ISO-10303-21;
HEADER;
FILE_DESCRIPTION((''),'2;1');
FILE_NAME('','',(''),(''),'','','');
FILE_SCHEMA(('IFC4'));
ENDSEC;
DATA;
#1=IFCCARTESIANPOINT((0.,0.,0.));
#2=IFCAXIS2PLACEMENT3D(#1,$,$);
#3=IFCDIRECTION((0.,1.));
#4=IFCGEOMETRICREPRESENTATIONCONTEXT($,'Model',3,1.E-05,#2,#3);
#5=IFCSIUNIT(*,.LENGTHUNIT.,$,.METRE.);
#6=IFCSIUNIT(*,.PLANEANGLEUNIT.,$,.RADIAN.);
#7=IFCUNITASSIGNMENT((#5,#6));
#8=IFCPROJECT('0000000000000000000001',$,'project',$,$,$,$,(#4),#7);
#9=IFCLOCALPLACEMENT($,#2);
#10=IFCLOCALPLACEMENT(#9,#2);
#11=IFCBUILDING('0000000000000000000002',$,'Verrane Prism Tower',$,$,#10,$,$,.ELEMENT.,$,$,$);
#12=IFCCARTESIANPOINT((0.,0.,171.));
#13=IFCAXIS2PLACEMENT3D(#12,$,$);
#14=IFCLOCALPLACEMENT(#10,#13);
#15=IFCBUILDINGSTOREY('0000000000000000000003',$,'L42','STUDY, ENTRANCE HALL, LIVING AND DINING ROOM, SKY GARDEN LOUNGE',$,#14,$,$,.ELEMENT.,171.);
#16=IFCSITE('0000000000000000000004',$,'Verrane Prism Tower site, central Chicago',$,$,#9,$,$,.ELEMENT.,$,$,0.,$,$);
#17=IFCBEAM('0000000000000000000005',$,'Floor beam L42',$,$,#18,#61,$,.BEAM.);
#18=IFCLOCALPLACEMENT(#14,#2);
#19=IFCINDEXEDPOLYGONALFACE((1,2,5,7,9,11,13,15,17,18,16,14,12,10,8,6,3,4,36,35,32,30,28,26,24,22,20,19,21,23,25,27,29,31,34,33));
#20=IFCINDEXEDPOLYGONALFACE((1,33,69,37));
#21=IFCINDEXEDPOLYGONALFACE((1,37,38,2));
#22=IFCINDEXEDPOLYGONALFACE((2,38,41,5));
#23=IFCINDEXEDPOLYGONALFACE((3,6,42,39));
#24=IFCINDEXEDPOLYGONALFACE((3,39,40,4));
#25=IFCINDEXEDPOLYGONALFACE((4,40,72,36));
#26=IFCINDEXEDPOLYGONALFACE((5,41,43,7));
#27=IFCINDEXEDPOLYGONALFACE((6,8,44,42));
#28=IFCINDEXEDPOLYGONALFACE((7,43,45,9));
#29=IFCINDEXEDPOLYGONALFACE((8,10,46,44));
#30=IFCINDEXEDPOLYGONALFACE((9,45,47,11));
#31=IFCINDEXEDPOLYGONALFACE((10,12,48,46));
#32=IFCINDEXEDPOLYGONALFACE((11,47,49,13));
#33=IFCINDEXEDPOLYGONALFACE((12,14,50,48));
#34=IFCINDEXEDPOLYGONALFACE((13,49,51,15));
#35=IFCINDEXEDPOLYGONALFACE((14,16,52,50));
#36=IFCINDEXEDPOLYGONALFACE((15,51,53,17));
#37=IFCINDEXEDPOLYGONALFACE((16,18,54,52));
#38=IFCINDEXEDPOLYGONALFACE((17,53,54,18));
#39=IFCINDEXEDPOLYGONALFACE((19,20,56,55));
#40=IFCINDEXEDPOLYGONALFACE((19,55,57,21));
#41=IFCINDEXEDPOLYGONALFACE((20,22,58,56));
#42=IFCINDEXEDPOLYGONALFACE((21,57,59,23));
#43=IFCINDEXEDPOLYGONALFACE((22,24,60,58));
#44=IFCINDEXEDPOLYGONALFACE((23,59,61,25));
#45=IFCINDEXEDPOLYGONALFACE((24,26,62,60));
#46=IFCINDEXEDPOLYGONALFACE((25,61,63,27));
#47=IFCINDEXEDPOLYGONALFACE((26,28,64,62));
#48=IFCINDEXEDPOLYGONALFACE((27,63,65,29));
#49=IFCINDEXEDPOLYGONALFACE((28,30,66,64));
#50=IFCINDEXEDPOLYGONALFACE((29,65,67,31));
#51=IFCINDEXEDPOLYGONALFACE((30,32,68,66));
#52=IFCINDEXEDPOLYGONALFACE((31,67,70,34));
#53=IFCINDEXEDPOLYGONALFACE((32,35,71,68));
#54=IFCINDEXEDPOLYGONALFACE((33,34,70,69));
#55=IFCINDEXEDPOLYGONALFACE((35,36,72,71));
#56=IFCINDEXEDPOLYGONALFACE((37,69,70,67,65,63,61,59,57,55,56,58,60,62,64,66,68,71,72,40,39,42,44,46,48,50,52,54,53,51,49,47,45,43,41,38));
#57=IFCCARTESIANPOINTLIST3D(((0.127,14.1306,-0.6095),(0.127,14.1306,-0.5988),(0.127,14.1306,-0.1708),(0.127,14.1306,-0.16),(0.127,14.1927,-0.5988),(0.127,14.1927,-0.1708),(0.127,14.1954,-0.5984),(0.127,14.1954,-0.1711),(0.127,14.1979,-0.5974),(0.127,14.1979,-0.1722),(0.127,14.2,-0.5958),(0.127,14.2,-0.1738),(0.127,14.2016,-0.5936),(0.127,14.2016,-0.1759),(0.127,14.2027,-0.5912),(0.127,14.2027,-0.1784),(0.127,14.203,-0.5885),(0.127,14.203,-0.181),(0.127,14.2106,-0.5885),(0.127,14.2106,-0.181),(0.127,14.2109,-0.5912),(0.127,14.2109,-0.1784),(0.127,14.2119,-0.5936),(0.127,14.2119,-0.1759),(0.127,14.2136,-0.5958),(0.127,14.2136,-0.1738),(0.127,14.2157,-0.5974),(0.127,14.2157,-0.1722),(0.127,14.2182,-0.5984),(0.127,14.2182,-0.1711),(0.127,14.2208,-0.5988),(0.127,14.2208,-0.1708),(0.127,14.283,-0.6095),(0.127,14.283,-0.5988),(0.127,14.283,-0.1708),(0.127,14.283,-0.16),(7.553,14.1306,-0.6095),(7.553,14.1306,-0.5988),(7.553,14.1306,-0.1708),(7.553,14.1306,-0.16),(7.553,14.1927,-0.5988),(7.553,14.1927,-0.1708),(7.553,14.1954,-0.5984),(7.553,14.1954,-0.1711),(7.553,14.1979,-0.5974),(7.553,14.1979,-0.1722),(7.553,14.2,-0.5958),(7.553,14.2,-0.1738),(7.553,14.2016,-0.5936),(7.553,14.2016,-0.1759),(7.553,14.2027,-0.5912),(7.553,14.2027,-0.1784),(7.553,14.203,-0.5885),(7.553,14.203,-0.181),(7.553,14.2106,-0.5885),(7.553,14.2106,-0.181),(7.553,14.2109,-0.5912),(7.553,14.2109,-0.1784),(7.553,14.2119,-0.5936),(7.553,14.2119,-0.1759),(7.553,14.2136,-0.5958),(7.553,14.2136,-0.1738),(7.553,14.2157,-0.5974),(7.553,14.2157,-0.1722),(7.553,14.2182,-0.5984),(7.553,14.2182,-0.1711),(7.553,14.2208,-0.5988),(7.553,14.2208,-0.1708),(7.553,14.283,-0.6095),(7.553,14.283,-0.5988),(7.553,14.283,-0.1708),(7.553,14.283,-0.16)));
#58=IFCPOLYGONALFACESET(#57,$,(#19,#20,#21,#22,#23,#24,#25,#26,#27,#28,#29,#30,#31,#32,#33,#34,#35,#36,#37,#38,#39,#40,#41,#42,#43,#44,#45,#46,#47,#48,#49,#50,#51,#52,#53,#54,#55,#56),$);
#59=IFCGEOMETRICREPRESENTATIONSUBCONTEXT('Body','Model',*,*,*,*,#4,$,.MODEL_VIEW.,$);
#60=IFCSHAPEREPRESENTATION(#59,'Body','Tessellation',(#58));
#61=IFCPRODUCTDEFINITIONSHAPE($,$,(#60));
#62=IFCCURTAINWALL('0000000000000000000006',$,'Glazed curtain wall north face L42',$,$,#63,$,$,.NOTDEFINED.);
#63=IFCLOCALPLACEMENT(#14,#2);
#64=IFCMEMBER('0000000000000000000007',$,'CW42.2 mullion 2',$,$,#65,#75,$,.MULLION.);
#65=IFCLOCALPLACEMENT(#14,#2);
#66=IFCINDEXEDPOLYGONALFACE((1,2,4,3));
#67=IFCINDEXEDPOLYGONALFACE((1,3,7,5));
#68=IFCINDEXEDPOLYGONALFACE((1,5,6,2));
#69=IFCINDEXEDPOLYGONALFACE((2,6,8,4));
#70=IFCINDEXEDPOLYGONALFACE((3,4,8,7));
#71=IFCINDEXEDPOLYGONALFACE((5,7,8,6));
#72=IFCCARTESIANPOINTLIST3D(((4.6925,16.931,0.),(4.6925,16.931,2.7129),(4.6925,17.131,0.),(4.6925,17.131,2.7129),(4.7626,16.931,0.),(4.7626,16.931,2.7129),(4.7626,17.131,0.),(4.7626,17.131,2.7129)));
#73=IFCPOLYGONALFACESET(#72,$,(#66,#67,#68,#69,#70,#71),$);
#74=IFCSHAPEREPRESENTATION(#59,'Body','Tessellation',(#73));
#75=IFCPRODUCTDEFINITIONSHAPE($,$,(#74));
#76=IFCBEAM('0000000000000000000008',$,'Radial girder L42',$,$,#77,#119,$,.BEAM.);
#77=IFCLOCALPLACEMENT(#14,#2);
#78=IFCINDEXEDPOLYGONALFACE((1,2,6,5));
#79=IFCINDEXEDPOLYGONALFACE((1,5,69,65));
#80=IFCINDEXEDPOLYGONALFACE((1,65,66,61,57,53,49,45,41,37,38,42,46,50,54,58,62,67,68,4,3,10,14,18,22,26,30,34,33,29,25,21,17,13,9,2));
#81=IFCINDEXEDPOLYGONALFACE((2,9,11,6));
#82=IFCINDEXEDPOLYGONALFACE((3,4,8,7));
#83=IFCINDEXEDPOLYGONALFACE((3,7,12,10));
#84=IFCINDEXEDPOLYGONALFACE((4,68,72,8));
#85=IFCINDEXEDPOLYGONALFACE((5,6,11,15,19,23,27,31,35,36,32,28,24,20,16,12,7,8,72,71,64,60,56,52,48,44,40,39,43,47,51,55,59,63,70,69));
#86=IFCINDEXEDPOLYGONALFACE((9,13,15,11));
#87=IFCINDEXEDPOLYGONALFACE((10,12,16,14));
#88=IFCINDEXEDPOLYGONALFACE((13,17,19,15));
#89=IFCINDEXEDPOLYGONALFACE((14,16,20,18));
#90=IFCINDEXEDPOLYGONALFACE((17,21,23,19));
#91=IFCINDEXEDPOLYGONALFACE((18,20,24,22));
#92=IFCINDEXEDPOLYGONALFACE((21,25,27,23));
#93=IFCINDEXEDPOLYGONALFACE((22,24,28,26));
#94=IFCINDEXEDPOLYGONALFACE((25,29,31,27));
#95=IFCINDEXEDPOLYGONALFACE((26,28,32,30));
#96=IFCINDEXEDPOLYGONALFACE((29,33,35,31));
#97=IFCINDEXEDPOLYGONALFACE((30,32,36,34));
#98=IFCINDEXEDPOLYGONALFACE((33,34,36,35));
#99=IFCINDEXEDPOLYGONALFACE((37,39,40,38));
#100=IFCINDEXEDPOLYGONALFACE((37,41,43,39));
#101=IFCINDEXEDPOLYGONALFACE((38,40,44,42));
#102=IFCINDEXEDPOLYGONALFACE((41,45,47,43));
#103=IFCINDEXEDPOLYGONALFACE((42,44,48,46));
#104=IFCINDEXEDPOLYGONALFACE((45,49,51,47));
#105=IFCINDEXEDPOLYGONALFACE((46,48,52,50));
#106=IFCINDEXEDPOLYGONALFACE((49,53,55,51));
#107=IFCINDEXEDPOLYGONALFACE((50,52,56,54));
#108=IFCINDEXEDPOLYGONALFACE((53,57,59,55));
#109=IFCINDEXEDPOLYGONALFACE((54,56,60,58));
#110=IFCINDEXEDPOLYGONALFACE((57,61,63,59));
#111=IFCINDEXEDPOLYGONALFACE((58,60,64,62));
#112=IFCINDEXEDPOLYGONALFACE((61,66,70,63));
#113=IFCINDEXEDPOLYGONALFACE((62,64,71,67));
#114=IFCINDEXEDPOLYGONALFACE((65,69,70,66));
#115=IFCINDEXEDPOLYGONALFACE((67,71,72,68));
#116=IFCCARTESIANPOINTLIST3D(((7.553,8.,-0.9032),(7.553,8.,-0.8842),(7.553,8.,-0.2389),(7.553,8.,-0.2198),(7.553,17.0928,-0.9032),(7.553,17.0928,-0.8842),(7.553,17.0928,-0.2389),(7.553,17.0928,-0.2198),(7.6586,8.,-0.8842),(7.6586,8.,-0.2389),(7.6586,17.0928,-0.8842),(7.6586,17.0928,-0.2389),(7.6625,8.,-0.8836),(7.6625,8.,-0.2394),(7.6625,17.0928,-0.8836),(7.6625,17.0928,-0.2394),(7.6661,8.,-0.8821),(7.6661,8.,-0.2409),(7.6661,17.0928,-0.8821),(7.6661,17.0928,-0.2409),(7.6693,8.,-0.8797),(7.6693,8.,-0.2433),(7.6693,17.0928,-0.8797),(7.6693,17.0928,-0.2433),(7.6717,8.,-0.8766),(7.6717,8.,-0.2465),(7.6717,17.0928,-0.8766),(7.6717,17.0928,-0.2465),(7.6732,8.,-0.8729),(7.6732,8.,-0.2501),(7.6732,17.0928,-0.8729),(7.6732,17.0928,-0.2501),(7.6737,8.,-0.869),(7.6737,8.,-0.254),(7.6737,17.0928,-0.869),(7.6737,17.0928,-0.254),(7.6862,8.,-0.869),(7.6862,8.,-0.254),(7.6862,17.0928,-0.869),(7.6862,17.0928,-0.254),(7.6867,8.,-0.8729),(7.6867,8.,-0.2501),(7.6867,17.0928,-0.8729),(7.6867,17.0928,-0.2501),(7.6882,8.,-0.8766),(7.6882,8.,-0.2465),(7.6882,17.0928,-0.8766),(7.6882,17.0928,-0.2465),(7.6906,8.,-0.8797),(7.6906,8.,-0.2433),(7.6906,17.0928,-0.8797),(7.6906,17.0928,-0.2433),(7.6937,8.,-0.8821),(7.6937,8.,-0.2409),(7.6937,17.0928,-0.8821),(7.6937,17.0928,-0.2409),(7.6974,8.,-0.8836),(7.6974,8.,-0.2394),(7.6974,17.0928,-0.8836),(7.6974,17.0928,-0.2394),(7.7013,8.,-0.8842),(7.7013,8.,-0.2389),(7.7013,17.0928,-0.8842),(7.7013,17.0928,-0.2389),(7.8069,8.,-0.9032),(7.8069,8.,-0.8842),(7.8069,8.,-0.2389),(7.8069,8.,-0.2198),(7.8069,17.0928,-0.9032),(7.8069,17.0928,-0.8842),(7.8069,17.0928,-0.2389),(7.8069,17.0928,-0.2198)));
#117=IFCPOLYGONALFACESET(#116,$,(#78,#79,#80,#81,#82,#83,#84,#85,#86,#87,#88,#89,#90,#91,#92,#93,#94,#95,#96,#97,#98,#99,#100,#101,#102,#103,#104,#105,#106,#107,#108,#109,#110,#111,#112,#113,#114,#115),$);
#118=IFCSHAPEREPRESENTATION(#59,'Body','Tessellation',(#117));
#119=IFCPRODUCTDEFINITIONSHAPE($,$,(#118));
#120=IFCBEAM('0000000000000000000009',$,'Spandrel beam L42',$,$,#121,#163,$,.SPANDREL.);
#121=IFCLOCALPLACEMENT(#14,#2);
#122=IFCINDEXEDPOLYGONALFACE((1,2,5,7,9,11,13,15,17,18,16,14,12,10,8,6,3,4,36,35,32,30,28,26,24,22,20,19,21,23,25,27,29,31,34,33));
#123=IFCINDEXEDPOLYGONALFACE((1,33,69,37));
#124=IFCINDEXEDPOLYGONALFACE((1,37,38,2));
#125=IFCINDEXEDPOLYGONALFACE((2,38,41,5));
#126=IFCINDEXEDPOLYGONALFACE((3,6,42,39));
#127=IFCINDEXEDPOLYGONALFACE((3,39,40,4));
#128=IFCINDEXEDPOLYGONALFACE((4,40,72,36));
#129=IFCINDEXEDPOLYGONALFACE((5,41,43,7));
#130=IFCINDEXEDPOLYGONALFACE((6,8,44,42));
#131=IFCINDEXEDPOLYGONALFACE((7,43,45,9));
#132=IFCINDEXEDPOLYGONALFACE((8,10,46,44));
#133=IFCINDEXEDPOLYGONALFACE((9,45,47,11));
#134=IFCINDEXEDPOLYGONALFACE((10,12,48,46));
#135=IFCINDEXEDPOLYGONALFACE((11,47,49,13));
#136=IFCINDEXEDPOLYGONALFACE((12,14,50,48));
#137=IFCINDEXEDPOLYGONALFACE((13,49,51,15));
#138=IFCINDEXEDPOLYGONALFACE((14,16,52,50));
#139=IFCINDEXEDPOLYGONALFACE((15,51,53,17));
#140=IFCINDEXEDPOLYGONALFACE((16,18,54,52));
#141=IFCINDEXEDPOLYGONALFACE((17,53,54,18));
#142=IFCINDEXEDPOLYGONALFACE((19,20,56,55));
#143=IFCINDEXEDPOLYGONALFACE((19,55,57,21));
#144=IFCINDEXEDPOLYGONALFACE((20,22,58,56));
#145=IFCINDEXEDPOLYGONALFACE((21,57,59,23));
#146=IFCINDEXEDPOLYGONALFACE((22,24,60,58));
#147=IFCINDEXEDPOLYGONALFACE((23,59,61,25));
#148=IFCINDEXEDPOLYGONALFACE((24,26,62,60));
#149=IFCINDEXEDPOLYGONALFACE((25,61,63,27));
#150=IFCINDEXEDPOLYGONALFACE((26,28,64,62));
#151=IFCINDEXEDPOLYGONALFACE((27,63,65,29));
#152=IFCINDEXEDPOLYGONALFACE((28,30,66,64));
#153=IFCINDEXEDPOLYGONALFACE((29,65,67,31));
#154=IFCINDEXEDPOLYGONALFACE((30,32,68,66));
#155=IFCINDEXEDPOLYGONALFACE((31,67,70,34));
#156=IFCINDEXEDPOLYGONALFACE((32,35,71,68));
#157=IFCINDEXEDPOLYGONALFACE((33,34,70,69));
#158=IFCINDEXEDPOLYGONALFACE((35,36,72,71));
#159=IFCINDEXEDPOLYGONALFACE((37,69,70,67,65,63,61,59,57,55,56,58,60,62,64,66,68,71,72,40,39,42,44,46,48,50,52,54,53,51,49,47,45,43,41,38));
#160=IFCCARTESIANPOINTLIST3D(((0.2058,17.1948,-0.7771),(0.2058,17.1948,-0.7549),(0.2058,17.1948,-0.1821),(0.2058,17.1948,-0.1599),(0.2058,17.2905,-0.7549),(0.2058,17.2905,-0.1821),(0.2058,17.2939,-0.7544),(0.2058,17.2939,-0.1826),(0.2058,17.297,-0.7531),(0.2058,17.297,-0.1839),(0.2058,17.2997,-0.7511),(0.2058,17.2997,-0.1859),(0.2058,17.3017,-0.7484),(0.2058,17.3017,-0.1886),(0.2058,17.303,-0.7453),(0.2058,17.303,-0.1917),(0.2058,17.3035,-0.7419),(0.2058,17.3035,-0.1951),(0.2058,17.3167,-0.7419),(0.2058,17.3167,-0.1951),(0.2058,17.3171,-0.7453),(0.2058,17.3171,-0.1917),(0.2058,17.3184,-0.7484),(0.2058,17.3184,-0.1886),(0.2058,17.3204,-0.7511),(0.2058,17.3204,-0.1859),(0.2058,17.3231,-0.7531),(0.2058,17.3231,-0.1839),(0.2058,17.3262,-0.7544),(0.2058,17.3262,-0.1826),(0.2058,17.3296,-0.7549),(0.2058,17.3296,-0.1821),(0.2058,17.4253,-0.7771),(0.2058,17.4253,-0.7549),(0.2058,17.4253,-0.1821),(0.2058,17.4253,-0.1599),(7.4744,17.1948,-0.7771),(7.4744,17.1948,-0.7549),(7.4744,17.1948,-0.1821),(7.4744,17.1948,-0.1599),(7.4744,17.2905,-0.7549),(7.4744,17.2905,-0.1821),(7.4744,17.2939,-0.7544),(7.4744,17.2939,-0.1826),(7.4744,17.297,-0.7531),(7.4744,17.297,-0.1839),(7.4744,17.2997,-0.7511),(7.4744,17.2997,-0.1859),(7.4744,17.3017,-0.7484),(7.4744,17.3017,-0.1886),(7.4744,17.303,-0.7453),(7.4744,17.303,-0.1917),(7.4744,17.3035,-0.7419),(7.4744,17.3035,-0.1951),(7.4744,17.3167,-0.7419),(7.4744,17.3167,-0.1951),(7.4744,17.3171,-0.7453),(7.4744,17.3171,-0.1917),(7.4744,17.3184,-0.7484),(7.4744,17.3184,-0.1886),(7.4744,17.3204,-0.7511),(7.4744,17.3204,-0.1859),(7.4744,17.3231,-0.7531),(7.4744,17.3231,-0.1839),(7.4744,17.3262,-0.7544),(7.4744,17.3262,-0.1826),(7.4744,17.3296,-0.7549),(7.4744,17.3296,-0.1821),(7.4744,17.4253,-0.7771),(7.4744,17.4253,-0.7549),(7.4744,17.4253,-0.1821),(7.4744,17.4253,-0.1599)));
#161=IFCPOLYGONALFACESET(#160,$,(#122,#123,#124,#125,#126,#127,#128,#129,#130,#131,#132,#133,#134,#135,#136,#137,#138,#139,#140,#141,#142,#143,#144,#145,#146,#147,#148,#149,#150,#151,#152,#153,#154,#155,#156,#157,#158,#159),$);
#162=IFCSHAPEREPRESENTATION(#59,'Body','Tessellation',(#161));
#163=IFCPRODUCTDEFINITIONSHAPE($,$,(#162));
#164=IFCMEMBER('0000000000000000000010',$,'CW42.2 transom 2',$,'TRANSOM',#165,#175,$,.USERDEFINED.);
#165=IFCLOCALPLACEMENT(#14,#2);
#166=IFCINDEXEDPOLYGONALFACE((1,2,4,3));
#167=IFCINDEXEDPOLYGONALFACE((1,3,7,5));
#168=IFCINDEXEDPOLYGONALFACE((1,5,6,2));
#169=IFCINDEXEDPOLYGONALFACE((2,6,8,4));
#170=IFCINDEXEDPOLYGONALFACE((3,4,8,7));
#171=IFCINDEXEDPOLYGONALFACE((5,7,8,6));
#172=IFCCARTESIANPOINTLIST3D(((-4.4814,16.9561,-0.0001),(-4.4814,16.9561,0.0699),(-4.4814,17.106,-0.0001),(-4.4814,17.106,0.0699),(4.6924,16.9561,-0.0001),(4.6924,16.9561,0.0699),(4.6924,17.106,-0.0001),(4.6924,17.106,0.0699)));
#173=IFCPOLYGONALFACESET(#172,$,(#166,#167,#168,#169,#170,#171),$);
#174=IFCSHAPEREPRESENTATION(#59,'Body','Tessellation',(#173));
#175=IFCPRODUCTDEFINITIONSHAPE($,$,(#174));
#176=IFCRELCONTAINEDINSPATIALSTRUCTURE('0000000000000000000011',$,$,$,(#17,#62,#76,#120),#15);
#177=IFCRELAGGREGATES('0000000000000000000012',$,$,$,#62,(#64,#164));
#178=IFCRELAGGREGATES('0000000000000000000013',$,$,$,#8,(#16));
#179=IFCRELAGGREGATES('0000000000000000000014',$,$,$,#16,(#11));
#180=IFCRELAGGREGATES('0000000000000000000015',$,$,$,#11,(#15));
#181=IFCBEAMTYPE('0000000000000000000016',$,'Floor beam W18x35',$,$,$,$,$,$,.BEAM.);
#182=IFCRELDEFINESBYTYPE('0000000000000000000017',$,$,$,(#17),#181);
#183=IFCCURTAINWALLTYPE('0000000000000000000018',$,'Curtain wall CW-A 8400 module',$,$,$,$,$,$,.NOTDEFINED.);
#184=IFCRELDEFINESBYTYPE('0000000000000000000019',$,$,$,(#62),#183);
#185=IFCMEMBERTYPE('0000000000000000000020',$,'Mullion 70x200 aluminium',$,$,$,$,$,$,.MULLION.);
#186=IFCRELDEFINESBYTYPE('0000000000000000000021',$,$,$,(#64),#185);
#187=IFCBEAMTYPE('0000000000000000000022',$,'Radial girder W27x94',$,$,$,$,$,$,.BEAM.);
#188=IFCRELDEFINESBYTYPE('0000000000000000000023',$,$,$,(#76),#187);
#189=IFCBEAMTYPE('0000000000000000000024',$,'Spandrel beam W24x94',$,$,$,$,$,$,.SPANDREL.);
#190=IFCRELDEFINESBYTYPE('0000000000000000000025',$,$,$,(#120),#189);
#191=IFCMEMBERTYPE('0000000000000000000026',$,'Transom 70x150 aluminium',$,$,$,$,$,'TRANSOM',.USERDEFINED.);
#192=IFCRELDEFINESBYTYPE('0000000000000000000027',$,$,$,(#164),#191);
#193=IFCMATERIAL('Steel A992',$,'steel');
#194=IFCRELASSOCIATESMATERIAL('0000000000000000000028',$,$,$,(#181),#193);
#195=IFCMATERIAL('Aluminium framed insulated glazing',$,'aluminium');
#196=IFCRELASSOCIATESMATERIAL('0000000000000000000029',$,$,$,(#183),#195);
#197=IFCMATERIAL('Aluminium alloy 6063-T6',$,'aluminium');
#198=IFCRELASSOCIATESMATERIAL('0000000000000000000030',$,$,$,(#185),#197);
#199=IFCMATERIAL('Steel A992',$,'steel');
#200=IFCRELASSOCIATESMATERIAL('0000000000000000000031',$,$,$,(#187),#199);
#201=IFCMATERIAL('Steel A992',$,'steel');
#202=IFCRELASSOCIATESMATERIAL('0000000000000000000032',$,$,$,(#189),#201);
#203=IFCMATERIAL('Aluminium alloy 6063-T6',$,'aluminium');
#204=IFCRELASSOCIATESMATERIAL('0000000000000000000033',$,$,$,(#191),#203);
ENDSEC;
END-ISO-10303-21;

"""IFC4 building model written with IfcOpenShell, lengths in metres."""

from ifc_helpers import new_model, si_unit, direction, frame, origin, origin_2d, place, context, subcontext, project, spatial, rectangle, i_section, extrude, material, material_profile, profile_set, type_object, element, aggregate, save


model = new_model("IFC4")

# Units and contexts
model_context = context("Model", 3, precision=1e-05, world=origin(), true_north=direction((0.0, 1.0)))
body_context = subcontext(model_context, "Body", "Model", "MODEL_VIEW")
ifc_project = project(units=[si_unit("LENGTHUNIT", "METRE"), si_unit("PLANEANGLEUNIT", "RADIAN")], contexts=[model_context])

# Site, building, storey
site_placement = place(None, origin())
site = spatial("IfcSite", under=ifc_project, at=site_placement, Name="Verrane Prism Tower site, central Chicago", CompositionType="ELEMENT", RefElevation=0.0)
building_placement = place(site_placement, origin())
building = spatial("IfcBuilding", under=site, at=building_placement, Name="Verrane Prism Tower", CompositionType="ELEMENT")
storey_placement = place(building_placement, frame((0.0, 0.0, 171.0)))
storey = spatial("IfcBuildingStorey", under=building, at=storey_placement, Name="L42", Description="STUDY, ENTRANCE HALL, LIVING AND DINING ROOM, SKY GARDEN LOUNGE", CompositionType="ELEMENT", Elevation=171.0)

# Beam
ifc_material_1 = material(Name="Steel A992", Category="steel")
ifc_material_profile_1 = material_profile(ifc_material_1, i_section(OverallWidth=0.1523, OverallDepth=0.4495, WebThickness=0.0076, FlangeThickness=0.0107, FilletRadius=0.0103, at=origin_2d()), Name="W18x35")
ifc_profile_set_1 = profile_set([ifc_material_profile_1], Name="Steel A992")
beam_type_1 = type_object("IfcBeamType", Name="Floor beam W18x35", PredefinedType="BEAM", material=ifc_profile_set_1)
for number, where, z_axis, x_axis, name in (
    (1, (0.127, 14.2068, -0.3848), (1.0, 0.0, 0.0), (0.0, 1.0, 0.0), "Floor beam L42"),
):
    element("IfcBeam", number, at=place(storey_placement, frame(where, z_axis=z_axis, x_axis=x_axis)), inside=storey, type_object=beam_type_1, Name=name, PredefinedType="BEAM", context=body_context, shape_type="SweptSolid", body=[
        extrude(i_section(OverallWidth=0.1523, OverallDepth=0.4495, WebThickness=0.0076, FlangeThickness=0.0107, FilletRadius=0.0103, at=origin_2d()), origin(), (0.0, 0.0, 1.0), 7.426),
    ])

# Curtain wall, member
ifc_material_2 = material(Name="Aluminium framed insulated glazing", Category="aluminium")
curtain_wall_type = type_object("IfcCurtainWallType", Name="Curtain wall CW-A 8400 module", PredefinedType="NOTDEFINED", material=ifc_material_2)
curtain_wall_placement = place(storey_placement, origin())
curtain_wall = element("IfcCurtainWall", 2, at=curtain_wall_placement, inside=storey, type_object=curtain_wall_type, Name="Glazed curtain wall north face L42", PredefinedType="NOTDEFINED")
ifc_material_3 = material(Name="Aluminium alloy 6063-T6", Category="aluminium")
ifc_material_profile_2 = material_profile(ifc_material_3, rectangle(XDim=0.2, YDim=0.0701, at=origin_2d()), Name="Mullion 70x200 aluminium")
ifc_profile_set_2 = profile_set([ifc_material_profile_2], Name="Aluminium alloy 6063-T6")
member_type_1 = type_object("IfcMemberType", Name="Mullion 70x200 aluminium", PredefinedType="MULLION", material=ifc_profile_set_2)
member_1_placement = place(storey_placement, frame((4.7275, 17.031, 0.0), z_axis=(0.0, 0.0, 1.0), x_axis=(0.0, -1.0, 0.0)))
member_1 = element("IfcMember", 3, at=member_1_placement, type_object=member_type_1, Name="CW42.2 mullion 2", PredefinedType="MULLION", context=body_context, shape_type="SweptSolid", body=[
    extrude(rectangle(XDim=0.2, YDim=0.0701, at=origin_2d()), origin(), (0.0, 0.0, 1.0), 2.7129),
])

# Beams
ifc_material_4 = material(Name="Steel A992", Category="steel")
ifc_material_profile_3 = material_profile(ifc_material_4, i_section(OverallWidth=0.2539, OverallDepth=0.6833, WebThickness=0.0125, FlangeThickness=0.019, FilletRadius=0.0151, at=origin_2d()), Name="W27x94")
ifc_profile_set_3 = profile_set([ifc_material_profile_3], Name="Steel A992")
beam_type_2 = type_object("IfcBeamType", Name="Radial girder W27x94", PredefinedType="BEAM", material=ifc_profile_set_3)
beam_1_placement = place(storey_placement, frame((7.6799, 17.0928, -0.5615), z_axis=(0.0, -1.0, 0.0), x_axis=(1.0, 0.0, 0.0)))
element("IfcBeam", 4, at=beam_1_placement, inside=storey, type_object=beam_type_2, Name="Radial girder L42", PredefinedType="BEAM", context=body_context, shape_type="SweptSolid", body=[
    extrude(i_section(OverallWidth=0.2539, OverallDepth=0.6833, WebThickness=0.0125, FlangeThickness=0.019, FilletRadius=0.0151, at=origin_2d()), origin(), (0.0, 0.0, 1.0), 9.0928),
])
ifc_material_5 = material(Name="Steel A992", Category="steel")
ifc_material_profile_4 = material_profile(ifc_material_5, i_section(OverallWidth=0.2305, OverallDepth=0.6172, WebThickness=0.0132, FlangeThickness=0.0222, FilletRadius=0.0129, at=origin_2d()), Name="W24x94")
ifc_profile_set_4 = profile_set([ifc_material_profile_4], Name="Steel A992")
beam_type_3 = type_object("IfcBeamType", Name="Spandrel beam W24x94", PredefinedType="SPANDREL", material=ifc_profile_set_4)
beam_2_placement = place(storey_placement, frame((7.4744, 17.3101, -0.4685), z_axis=(-1.0, 0.0, 0.0), x_axis=(0.0, -1.0, 0.0)))
element("IfcBeam", 5, at=beam_2_placement, inside=storey, type_object=beam_type_3, Name="Spandrel beam L42", PredefinedType="SPANDREL", context=body_context, shape_type="SweptSolid", body=[
    extrude(i_section(OverallWidth=0.2305, OverallDepth=0.6172, WebThickness=0.0132, FlangeThickness=0.0222, FilletRadius=0.0129, at=origin_2d()), origin(), (0.0, 0.0, 1.0), 7.2686),
])

# Member
ifc_material_6 = material(Name="Aluminium alloy 6063-T6", Category="aluminium")
ifc_material_profile_5 = material_profile(ifc_material_6, rectangle(XDim=0.1499, YDim=0.0701, at=origin_2d()), Name="Transom 70x150 aluminium")
ifc_profile_set_5 = profile_set([ifc_material_profile_5], Name="Aluminium alloy 6063-T6")
member_type_2 = type_object("IfcMemberType", Name="Transom 70x150 aluminium", ElementType="TRANSOM", PredefinedType="USERDEFINED", material=ifc_profile_set_5)
member_2_placement = place(storey_placement, frame((4.6924, 17.031, 0.0349), z_axis=(-1.0, 0.0, 0.0), x_axis=(0.0, -1.0, 0.0)))
member_2 = element("IfcMember", 6, at=member_2_placement, type_object=member_type_2, Name="CW42.2 transom 2", ObjectType="TRANSOM", PredefinedType="USERDEFINED", context=body_context, shape_type="SweptSolid", body=[
    extrude(rectangle(XDim=0.1499, YDim=0.0701, at=origin_2d()), origin(), (0.0, 0.0, 1.0), 9.1738),
])

aggregate(curtain_wall, [member_1, member_2])

save(model, "model.ifc")
